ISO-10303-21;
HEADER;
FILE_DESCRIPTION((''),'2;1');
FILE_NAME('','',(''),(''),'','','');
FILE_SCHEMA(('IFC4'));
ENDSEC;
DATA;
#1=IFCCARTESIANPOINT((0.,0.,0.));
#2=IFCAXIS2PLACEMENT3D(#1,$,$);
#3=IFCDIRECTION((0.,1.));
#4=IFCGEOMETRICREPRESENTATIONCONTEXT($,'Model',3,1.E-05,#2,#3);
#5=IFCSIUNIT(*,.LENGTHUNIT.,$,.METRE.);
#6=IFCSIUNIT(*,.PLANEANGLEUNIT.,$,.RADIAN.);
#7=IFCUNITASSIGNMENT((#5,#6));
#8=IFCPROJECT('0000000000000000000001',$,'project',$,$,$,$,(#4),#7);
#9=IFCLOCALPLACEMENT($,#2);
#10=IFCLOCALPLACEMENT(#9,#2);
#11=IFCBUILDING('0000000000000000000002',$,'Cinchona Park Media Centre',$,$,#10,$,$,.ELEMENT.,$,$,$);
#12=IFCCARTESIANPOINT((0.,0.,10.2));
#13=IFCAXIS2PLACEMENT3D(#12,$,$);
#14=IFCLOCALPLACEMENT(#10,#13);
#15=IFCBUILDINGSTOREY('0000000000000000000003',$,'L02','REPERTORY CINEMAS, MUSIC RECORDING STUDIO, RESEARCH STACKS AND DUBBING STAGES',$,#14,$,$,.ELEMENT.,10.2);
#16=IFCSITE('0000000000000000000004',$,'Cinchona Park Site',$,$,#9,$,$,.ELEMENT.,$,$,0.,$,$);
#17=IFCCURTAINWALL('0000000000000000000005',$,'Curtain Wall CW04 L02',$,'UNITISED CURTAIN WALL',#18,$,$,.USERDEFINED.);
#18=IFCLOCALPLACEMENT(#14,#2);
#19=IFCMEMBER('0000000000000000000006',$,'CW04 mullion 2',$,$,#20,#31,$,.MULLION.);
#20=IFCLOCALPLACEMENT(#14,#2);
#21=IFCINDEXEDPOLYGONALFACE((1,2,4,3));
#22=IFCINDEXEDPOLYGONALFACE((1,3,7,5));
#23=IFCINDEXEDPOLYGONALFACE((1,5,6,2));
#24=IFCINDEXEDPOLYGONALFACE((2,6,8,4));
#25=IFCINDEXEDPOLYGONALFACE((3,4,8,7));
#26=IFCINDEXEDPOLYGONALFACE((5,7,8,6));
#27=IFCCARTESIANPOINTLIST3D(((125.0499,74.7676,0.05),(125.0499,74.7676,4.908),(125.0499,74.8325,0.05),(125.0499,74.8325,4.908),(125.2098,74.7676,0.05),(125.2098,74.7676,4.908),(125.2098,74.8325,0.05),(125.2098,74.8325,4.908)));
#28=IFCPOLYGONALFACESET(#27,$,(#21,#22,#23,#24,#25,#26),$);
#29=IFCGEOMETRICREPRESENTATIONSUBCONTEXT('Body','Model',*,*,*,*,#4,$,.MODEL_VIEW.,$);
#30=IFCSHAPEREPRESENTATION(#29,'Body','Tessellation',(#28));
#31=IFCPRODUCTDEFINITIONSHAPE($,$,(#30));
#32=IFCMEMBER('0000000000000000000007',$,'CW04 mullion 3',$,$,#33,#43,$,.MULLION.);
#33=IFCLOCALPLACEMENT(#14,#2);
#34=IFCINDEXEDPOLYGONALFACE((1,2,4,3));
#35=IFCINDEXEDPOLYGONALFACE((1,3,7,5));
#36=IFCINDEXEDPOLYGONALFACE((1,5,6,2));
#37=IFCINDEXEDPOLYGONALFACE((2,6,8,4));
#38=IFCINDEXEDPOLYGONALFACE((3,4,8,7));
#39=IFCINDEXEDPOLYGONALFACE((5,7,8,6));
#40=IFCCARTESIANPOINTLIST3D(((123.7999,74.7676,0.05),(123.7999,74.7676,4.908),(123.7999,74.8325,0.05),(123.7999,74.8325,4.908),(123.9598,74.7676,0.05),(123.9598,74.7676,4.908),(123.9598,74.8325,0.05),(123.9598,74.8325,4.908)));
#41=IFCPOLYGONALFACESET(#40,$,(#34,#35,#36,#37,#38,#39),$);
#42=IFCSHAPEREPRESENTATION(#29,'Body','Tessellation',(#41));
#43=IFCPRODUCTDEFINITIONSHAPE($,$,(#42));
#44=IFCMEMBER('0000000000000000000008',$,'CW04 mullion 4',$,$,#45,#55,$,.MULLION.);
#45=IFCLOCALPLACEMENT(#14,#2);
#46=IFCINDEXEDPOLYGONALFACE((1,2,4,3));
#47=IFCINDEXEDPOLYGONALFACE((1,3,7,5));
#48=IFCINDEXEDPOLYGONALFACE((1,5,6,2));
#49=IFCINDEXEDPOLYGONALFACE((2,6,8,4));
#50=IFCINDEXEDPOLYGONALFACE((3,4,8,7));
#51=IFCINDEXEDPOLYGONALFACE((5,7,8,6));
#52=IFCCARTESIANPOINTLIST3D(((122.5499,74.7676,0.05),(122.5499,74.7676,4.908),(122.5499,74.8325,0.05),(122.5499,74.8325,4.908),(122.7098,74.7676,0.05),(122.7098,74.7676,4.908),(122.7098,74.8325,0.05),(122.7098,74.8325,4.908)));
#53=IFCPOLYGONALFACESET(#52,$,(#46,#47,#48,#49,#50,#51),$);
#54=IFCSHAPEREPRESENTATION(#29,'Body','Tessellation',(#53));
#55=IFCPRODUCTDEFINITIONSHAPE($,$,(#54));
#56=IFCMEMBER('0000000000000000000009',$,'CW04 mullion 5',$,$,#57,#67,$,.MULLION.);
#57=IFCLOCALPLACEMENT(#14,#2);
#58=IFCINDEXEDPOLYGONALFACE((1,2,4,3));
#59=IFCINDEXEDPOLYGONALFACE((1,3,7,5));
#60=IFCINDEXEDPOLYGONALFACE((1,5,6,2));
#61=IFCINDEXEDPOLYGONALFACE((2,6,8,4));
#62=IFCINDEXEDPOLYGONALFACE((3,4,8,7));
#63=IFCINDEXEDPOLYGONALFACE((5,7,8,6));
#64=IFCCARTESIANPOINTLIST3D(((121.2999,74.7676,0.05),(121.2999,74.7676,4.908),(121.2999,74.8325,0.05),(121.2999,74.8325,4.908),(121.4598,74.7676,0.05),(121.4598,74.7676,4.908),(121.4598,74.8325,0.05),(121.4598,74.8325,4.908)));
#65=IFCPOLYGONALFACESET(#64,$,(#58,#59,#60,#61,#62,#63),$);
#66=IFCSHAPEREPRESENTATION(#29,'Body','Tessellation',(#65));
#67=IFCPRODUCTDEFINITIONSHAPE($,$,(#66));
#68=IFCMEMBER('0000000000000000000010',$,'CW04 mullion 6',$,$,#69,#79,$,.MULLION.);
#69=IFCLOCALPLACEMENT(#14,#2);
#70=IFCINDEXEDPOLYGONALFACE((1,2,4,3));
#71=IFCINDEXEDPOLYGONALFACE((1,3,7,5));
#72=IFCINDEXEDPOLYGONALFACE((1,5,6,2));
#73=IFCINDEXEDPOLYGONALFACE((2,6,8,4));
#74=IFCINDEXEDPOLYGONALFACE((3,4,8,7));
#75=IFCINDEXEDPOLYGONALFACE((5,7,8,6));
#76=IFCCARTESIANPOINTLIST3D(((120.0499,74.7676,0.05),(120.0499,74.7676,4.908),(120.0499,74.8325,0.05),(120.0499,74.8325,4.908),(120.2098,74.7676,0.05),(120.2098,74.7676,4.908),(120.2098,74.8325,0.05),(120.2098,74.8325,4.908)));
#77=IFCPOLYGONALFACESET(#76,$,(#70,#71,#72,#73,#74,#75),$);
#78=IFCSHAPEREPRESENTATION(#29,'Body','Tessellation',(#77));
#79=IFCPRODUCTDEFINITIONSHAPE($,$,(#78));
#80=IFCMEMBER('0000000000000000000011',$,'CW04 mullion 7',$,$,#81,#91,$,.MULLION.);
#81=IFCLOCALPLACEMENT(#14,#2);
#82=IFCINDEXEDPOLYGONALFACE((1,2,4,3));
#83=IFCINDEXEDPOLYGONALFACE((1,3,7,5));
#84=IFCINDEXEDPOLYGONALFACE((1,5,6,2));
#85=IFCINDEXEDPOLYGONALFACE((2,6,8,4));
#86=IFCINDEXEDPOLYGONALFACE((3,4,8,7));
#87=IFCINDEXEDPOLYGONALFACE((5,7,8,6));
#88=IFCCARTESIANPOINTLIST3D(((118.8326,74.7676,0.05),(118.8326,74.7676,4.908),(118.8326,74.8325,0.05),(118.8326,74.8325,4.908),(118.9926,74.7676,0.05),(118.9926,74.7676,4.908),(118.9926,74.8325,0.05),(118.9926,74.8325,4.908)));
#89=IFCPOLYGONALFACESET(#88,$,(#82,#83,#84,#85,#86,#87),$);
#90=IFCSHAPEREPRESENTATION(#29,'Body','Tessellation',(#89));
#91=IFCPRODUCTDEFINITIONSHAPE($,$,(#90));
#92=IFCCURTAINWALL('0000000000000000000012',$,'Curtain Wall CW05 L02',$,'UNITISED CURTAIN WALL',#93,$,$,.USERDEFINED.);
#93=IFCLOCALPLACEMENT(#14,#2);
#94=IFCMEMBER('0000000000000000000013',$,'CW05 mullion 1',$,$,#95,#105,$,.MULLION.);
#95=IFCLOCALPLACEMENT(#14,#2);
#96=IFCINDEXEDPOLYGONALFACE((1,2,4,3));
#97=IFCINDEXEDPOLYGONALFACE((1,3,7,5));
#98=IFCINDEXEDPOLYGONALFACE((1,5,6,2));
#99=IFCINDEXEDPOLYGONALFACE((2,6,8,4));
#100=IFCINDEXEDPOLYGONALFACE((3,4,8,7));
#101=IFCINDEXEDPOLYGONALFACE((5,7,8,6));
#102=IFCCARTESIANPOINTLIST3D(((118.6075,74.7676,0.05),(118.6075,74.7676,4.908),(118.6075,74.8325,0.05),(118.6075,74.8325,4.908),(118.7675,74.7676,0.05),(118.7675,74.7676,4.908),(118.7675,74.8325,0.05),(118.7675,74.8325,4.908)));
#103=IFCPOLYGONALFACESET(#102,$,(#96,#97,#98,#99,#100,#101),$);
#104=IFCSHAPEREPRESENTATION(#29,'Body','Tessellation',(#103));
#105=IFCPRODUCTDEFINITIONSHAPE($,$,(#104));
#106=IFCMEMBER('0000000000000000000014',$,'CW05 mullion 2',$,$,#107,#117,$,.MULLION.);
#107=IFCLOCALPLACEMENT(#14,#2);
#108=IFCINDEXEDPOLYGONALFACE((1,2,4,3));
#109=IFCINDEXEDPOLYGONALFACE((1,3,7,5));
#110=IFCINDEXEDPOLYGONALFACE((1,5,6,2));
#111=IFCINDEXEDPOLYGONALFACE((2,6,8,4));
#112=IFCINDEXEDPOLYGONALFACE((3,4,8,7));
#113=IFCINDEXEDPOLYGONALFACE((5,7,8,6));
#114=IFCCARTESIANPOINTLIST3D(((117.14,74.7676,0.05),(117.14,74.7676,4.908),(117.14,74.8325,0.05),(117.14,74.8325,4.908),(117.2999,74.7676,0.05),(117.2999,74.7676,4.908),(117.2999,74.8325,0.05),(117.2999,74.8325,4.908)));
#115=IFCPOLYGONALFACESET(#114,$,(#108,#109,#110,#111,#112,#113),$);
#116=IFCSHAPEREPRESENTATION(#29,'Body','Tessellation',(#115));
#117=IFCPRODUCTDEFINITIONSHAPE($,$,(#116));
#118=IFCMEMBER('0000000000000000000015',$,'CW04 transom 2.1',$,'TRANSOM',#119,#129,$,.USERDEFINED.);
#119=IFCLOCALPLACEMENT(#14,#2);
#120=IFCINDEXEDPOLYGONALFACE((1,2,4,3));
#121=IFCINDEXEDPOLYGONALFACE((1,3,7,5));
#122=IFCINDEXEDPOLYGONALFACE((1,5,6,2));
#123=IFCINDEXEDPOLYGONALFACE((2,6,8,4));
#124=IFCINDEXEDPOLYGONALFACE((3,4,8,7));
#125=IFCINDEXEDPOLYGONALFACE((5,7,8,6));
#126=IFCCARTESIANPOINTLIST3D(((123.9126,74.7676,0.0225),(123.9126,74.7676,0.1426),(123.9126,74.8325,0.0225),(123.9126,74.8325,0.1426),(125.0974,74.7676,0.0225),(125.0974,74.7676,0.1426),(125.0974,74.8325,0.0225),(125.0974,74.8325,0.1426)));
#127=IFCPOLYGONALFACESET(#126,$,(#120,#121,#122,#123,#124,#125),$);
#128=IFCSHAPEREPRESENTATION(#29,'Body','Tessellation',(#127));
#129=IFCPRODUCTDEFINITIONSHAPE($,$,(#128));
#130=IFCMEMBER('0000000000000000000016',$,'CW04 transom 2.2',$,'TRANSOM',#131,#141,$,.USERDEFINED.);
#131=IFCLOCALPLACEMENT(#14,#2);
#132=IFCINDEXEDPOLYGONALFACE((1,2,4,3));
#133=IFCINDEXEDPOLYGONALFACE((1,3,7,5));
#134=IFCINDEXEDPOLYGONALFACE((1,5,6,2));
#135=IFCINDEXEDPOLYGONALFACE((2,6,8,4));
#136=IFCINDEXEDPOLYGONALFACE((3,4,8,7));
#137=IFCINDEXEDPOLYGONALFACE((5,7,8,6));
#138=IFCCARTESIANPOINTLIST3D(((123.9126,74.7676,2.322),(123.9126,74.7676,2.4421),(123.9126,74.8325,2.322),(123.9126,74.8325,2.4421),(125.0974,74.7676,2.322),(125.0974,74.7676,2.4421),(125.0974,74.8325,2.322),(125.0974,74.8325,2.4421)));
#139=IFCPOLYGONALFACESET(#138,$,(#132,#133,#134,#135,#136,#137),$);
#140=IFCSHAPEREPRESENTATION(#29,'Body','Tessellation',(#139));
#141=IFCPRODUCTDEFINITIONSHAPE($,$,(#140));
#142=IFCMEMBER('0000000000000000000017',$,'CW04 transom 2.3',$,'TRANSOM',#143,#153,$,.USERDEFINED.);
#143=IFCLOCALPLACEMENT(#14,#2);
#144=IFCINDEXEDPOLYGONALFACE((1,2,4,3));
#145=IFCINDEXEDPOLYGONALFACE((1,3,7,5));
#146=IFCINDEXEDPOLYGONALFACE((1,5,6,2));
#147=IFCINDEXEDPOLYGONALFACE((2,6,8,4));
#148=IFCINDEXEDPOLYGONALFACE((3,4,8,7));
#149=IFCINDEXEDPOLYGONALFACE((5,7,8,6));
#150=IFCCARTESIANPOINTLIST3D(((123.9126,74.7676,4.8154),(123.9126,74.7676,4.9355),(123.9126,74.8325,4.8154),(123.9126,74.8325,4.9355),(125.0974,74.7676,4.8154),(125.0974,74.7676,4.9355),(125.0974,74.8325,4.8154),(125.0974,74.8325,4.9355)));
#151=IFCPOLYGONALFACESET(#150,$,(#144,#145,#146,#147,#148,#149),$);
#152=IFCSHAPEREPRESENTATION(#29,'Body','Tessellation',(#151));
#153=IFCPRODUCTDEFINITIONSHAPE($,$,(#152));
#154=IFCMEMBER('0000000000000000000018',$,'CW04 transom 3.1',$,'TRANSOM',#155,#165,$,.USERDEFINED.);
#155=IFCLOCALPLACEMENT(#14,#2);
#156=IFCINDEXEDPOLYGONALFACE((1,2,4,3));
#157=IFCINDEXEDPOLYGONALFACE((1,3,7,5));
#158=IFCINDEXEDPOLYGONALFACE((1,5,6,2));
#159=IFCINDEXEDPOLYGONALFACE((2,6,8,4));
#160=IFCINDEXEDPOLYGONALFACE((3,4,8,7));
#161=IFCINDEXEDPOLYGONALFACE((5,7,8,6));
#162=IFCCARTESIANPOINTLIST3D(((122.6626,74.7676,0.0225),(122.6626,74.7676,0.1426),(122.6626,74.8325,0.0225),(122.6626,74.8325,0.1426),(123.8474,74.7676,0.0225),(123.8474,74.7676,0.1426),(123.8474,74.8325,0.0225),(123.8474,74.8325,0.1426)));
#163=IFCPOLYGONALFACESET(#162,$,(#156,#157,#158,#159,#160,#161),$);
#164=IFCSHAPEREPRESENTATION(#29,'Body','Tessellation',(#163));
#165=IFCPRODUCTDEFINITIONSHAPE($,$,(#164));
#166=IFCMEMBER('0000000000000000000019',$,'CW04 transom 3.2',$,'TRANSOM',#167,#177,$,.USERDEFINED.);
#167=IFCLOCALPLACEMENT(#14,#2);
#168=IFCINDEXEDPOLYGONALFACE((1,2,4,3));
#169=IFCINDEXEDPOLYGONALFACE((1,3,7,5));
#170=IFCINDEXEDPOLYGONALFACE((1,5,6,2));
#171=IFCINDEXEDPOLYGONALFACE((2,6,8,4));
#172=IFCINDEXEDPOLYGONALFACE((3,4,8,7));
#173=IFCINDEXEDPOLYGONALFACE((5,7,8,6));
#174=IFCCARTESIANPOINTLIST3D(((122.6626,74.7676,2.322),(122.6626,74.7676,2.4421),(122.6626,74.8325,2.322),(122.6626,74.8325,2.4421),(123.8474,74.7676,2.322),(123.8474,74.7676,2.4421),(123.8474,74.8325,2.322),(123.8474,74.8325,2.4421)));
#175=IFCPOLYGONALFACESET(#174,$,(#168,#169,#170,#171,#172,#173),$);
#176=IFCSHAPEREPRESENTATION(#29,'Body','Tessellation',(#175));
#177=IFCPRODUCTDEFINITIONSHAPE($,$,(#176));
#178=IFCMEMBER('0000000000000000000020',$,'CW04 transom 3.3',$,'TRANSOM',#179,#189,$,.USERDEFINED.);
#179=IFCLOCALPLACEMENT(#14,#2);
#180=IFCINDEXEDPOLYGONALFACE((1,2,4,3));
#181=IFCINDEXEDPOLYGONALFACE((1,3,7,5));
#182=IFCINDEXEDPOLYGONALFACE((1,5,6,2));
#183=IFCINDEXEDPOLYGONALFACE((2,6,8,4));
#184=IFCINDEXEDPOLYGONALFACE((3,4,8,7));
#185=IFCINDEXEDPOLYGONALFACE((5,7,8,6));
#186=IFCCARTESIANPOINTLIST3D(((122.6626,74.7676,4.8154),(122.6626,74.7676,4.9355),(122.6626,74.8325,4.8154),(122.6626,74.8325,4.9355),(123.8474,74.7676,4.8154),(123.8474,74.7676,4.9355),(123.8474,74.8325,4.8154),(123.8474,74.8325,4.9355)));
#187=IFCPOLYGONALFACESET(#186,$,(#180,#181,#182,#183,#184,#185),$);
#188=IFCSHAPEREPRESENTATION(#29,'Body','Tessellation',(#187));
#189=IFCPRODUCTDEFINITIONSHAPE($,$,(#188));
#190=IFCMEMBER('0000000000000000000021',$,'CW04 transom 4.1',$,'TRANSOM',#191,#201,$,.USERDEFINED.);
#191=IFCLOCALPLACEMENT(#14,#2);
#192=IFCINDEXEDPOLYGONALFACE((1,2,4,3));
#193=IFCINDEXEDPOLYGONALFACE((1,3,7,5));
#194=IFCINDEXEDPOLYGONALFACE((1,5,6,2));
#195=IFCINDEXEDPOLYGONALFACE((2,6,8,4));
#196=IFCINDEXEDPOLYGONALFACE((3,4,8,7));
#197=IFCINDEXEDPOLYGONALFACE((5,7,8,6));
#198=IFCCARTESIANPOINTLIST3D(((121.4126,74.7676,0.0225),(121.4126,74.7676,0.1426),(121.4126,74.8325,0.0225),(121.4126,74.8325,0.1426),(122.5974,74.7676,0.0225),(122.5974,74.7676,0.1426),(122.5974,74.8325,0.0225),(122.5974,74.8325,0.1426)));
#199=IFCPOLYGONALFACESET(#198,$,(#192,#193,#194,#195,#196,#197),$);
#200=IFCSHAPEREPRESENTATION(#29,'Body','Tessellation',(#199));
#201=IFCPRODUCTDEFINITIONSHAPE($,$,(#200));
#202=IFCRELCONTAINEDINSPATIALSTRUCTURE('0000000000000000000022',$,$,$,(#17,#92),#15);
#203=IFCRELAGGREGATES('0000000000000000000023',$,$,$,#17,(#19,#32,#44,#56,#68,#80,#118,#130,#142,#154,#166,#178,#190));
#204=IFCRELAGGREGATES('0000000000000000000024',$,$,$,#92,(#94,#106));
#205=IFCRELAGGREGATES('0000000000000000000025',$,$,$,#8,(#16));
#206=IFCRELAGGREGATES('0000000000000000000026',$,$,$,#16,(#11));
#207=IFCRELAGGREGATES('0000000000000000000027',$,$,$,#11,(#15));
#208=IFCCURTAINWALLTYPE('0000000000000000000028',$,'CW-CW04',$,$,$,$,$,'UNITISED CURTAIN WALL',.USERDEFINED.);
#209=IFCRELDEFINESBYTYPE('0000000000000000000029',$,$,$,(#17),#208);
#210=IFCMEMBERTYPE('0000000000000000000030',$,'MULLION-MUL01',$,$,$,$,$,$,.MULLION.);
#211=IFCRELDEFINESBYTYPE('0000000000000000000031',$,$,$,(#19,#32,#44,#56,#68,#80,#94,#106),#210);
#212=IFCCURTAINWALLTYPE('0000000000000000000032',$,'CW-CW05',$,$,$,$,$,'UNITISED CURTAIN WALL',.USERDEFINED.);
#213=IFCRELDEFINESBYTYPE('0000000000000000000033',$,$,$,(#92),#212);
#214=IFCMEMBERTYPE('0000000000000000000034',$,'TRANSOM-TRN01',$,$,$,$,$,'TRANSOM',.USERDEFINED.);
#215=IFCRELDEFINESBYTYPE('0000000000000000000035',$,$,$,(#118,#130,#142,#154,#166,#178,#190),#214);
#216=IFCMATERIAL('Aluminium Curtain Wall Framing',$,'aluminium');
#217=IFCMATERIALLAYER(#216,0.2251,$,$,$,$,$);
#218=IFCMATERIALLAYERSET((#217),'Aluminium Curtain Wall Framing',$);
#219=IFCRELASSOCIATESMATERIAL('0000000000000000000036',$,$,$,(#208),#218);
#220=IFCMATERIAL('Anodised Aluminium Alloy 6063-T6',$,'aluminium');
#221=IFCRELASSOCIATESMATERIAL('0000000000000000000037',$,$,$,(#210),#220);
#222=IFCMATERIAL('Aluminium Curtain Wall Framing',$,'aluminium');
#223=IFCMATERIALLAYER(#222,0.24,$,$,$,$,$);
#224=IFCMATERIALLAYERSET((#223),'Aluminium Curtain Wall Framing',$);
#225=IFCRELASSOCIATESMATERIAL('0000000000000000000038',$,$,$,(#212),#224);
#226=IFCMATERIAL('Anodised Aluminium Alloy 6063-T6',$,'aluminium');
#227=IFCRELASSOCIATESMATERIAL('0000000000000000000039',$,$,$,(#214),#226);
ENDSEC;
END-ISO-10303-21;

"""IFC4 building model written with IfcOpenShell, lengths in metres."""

from ifc_helpers import new_model, si_unit, direction, frame, origin, origin_2d, place, context, subcontext, project, spatial, rectangle, extrude, material, layer, layer_set, material_profile, profile_set, type_object, element, aggregate, save


model = new_model("IFC4")

# Units and contexts
model_context = context("Model", 3, precision=1e-05, world=origin(), true_north=direction((0.0, 1.0)))
body_context = subcontext(model_context, "Body", "Model", "MODEL_VIEW")
ifc_project = project(units=[si_unit("LENGTHUNIT", "METRE"), si_unit("PLANEANGLEUNIT", "RADIAN")], contexts=[model_context])

# Site, building, storey
site_placement = place(None, origin())
site = spatial("IfcSite", under=ifc_project, at=site_placement, Name="Cinchona Park Site", CompositionType="ELEMENT", RefElevation=0.0)
building_placement = place(site_placement, origin())
building = spatial("IfcBuilding", under=site, at=building_placement, Name="Cinchona Park Media Centre", CompositionType="ELEMENT")
storey_placement = place(building_placement, frame((0.0, 0.0, 10.2)))
storey = spatial("IfcBuildingStorey", under=building, at=storey_placement, Name="L02", Description="REPERTORY CINEMAS, MUSIC RECORDING STUDIO, RESEARCH STACKS AND DUBBING STAGES", CompositionType="ELEMENT", Elevation=10.2)

# Curtain walls, members
ifc_material_1 = material(Name="Aluminium Curtain Wall Framing", Category="aluminium")
ifc_layer_1 = layer(ifc_material_1, 0.2251)
ifc_layer_set_1 = layer_set([ifc_layer_1], Name="Aluminium Curtain Wall Framing")
curtain_wall_type_1 = type_object("IfcCurtainWallType", Name="CW-CW04", ElementType="UNITISED CURTAIN WALL", PredefinedType="USERDEFINED", material=ifc_layer_set_1)
curtain_wall_1_placement = place(storey_placement, origin())
curtain_wall_1 = element("IfcCurtainWall", 1, at=curtain_wall_1_placement, inside=storey, type_object=curtain_wall_type_1, Name="Curtain Wall CW04 L02", ObjectType="UNITISED CURTAIN WALL", PredefinedType="USERDEFINED")
ifc_material_2 = material(Name="Anodised Aluminium Alloy 6063-T6", Category="aluminium")
ifc_material_profile_1 = material_profile(ifc_material_2, rectangle(XDim=0.0649, YDim=0.1599, at=origin_2d()), Name="MUL-65X160")
ifc_profile_set_1 = profile_set([ifc_material_profile_1], Name="Anodised Aluminium Alloy 6063-T6")
member_type_1 = type_object("IfcMemberType", Name="MULLION-MUL01", PredefinedType="MULLION", material=ifc_profile_set_1)
member_1_placement = place(storey_placement, frame((125.1299, 74.8, 0.05), z_axis=(0.0, 0.0, 1.0), x_axis=(0.0, -1.0, 0.0)))
member_1 = element("IfcMember", 2, at=member_1_placement, type_object=member_type_1, Name="CW04 mullion 2", PredefinedType="MULLION", context=body_context, shape_type="SweptSolid", body=[
    extrude(rectangle(XDim=0.0649, YDim=0.1599, at=origin_2d()), origin(), (0.0, 0.0, 1.0), 4.8579),
])
member_2_placement = place(storey_placement, frame((123.8799, 74.8, 0.05), z_axis=(0.0, 0.0, 1.0), x_axis=(0.0, -1.0, 0.0)))
member_2 = element("IfcMember", 3, at=member_2_placement, type_object=member_type_1, Name="CW04 mullion 3", PredefinedType="MULLION", context=body_context, shape_type="SweptSolid", body=[
    extrude(rectangle(XDim=0.0649, YDim=0.1599, at=origin_2d()), origin(), (0.0, 0.0, 1.0), 4.8579),
])
member_3_placement = place(storey_placement, frame((122.6299, 74.8, 0.05), z_axis=(0.0, 0.0, 1.0), x_axis=(0.0, -1.0, 0.0)))
member_3 = element("IfcMember", 4, at=member_3_placement, type_object=member_type_1, Name="CW04 mullion 4", PredefinedType="MULLION", context=body_context, shape_type="SweptSolid", body=[
    extrude(rectangle(XDim=0.0649, YDim=0.1599, at=origin_2d()), origin(), (0.0, 0.0, 1.0), 4.8579),
])
member_4_placement = place(storey_placement, frame((121.3799, 74.8, 0.05), z_axis=(0.0, 0.0, 1.0), x_axis=(0.0, -1.0, 0.0)))
member_4 = element("IfcMember", 5, at=member_4_placement, type_object=member_type_1, Name="CW04 mullion 5", PredefinedType="MULLION", context=body_context, shape_type="SweptSolid", body=[
    extrude(rectangle(XDim=0.0649, YDim=0.1599, at=origin_2d()), origin(), (0.0, 0.0, 1.0), 4.8579),
])
member_5_placement = place(storey_placement, frame((120.1299, 74.8, 0.05), z_axis=(0.0, 0.0, 1.0), x_axis=(0.0, -1.0, 0.0)))
member_5 = element("IfcMember", 6, at=member_5_placement, type_object=member_type_1, Name="CW04 mullion 6", PredefinedType="MULLION", context=body_context, shape_type="SweptSolid", body=[
    extrude(rectangle(XDim=0.0649, YDim=0.1599, at=origin_2d()), origin(), (0.0, 0.0, 1.0), 4.8579),
])
member_6_placement = place(storey_placement, frame((118.9126, 74.8, 0.05), z_axis=(0.0, 0.0, 1.0), x_axis=(0.0, -1.0, 0.0)))
member_6 = element("IfcMember", 7, at=member_6_placement, type_object=member_type_1, Name="CW04 mullion 7", PredefinedType="MULLION", context=body_context, shape_type="SweptSolid", body=[
    extrude(rectangle(XDim=0.0649, YDim=0.1599, at=origin_2d()), origin(), (0.0, 0.0, 1.0), 4.8579),
])
ifc_material_3 = material(Name="Aluminium Curtain Wall Framing", Category="aluminium")
ifc_layer_2 = layer(ifc_material_3, 0.24)
ifc_layer_set_2 = layer_set([ifc_layer_2], Name="Aluminium Curtain Wall Framing")
curtain_wall_type_2 = type_object("IfcCurtainWallType", Name="CW-CW05", ElementType="UNITISED CURTAIN WALL", PredefinedType="USERDEFINED", material=ifc_layer_set_2)
curtain_wall_2_placement = place(storey_placement, origin())
curtain_wall_2 = element("IfcCurtainWall", 8, at=curtain_wall_2_placement, inside=storey, type_object=curtain_wall_type_2, Name="Curtain Wall CW05 L02", ObjectType="UNITISED CURTAIN WALL", PredefinedType="USERDEFINED")
member_7_placement = place(storey_placement, frame((118.6875, 74.8, 0.05), z_axis=(0.0, 0.0, 1.0), x_axis=(0.0, -1.0, 0.0)))
member_7 = element("IfcMember", 9, at=member_7_placement, type_object=member_type_1, Name="CW05 mullion 1", PredefinedType="MULLION", context=body_context, shape_type="SweptSolid", body=[
    extrude(rectangle(XDim=0.0649, YDim=0.1599, at=origin_2d()), origin(), (0.0, 0.0, 1.0), 4.8579),
])
member_8_placement = place(storey_placement, frame((117.22, 74.8, 0.05), z_axis=(0.0, 0.0, 1.0), x_axis=(0.0, -1.0, 0.0)))
member_8 = element("IfcMember", 10, at=member_8_placement, type_object=member_type_1, Name="CW05 mullion 2", PredefinedType="MULLION", context=body_context, shape_type="SweptSolid", body=[
    extrude(rectangle(XDim=0.0649, YDim=0.1599, at=origin_2d()), origin(), (0.0, 0.0, 1.0), 4.8579),
])

# Members
ifc_material_4 = material(Name="Anodised Aluminium Alloy 6063-T6", Category="aluminium")
ifc_material_profile_2 = material_profile(ifc_material_4, rectangle(XDim=0.0649, YDim=0.1201, at=origin_2d()), Name="TRN-65X120")
ifc_profile_set_2 = profile_set([ifc_material_profile_2], Name="Anodised Aluminium Alloy 6063-T6")
member_type_2 = type_object("IfcMemberType", Name="TRANSOM-TRN01", ElementType="TRANSOM", PredefinedType="USERDEFINED", material=ifc_profile_set_2)
member_9_placement = place(storey_placement, frame((125.0974, 74.8, 0.0825), z_axis=(-1.0, 0.0, 0.0), x_axis=(0.0, -1.0, 0.0)))
member_9 = element("IfcMember", 11, at=member_9_placement, type_object=member_type_2, Name="CW04 transom 2.1", ObjectType="TRANSOM", PredefinedType="USERDEFINED", context=body_context, shape_type="SweptSolid", body=[
    extrude(rectangle(XDim=0.0649, YDim=0.1201, at=origin_2d()), origin(), (0.0, 0.0, 1.0), 1.1848),
])
member_10_placement = place(storey_placement, frame((125.0974, 74.8, 2.3821), z_axis=(-1.0, 0.0, 0.0), x_axis=(0.0, -1.0, 0.0)))
member_10 = element("IfcMember", 12, at=member_10_placement, type_object=member_type_2, Name="CW04 transom 2.2", ObjectType="TRANSOM", PredefinedType="USERDEFINED", context=body_context, shape_type="SweptSolid", body=[
    extrude(rectangle(XDim=0.0649, YDim=0.1201, at=origin_2d()), origin(), (0.0, 0.0, 1.0), 1.1848),
])
member_11_placement = place(storey_placement, frame((125.0974, 74.8, 4.8755), z_axis=(-1.0, 0.0, 0.0), x_axis=(0.0, -1.0, 0.0)))
member_11 = element("IfcMember", 13, at=member_11_placement, type_object=member_type_2, Name="CW04 transom 2.3", ObjectType="TRANSOM", PredefinedType="USERDEFINED", context=body_context, shape_type="SweptSolid", body=[
    extrude(rectangle(XDim=0.0649, YDim=0.1201, at=origin_2d()), origin(), (0.0, 0.0, 1.0), 1.1848),
])
member_12_placement = place(storey_placement, frame((123.8474, 74.8, 0.0825), z_axis=(-1.0, 0.0, 0.0), x_axis=(0.0, -1.0, 0.0)))
member_12 = element("IfcMember", 14, at=member_12_placement, type_object=member_type_2, Name="CW04 transom 3.1", ObjectType="TRANSOM", PredefinedType="USERDEFINED", context=body_context, shape_type="SweptSolid", body=[
    extrude(rectangle(XDim=0.0649, YDim=0.1201, at=origin_2d()), origin(), (0.0, 0.0, 1.0), 1.1848),
])
member_13_placement = place(storey_placement, frame((123.8474, 74.8, 2.3821), z_axis=(-1.0, 0.0, 0.0), x_axis=(0.0, -1.0, 0.0)))
member_13 = element("IfcMember", 15, at=member_13_placement, type_object=member_type_2, Name="CW04 transom 3.2", ObjectType="TRANSOM", PredefinedType="USERDEFINED", context=body_context, shape_type="SweptSolid", body=[
    extrude(rectangle(XDim=0.0649, YDim=0.1201, at=origin_2d()), origin(), (0.0, 0.0, 1.0), 1.1848),
])
member_14_placement = place(storey_placement, frame((123.8474, 74.8, 4.8755), z_axis=(-1.0, 0.0, 0.0), x_axis=(0.0, -1.0, 0.0)))
member_14 = element("IfcMember", 16, at=member_14_placement, type_object=member_type_2, Name="CW04 transom 3.3", ObjectType="TRANSOM", PredefinedType="USERDEFINED", context=body_context, shape_type="SweptSolid", body=[
    extrude(rectangle(XDim=0.0649, YDim=0.1201, at=origin_2d()), origin(), (0.0, 0.0, 1.0), 1.1848),
])
member_15_placement = place(storey_placement, frame((122.5974, 74.8, 0.0825), z_axis=(-1.0, 0.0, 0.0), x_axis=(0.0, -1.0, 0.0)))
member_15 = element("IfcMember", 17, at=member_15_placement, type_object=member_type_2, Name="CW04 transom 4.1", ObjectType="TRANSOM", PredefinedType="USERDEFINED", context=body_context, shape_type="SweptSolid", body=[
    extrude(rectangle(XDim=0.0649, YDim=0.1201, at=origin_2d()), origin(), (0.0, 0.0, 1.0), 1.1848),
])

aggregate(curtain_wall_1, [member_1, member_2, member_3, member_4, member_5, member_6, member_9, member_10, member_11, member_12, member_13, member_14, member_15])
aggregate(curtain_wall_2, [member_7, member_8])

save(model, "model.ifc")
